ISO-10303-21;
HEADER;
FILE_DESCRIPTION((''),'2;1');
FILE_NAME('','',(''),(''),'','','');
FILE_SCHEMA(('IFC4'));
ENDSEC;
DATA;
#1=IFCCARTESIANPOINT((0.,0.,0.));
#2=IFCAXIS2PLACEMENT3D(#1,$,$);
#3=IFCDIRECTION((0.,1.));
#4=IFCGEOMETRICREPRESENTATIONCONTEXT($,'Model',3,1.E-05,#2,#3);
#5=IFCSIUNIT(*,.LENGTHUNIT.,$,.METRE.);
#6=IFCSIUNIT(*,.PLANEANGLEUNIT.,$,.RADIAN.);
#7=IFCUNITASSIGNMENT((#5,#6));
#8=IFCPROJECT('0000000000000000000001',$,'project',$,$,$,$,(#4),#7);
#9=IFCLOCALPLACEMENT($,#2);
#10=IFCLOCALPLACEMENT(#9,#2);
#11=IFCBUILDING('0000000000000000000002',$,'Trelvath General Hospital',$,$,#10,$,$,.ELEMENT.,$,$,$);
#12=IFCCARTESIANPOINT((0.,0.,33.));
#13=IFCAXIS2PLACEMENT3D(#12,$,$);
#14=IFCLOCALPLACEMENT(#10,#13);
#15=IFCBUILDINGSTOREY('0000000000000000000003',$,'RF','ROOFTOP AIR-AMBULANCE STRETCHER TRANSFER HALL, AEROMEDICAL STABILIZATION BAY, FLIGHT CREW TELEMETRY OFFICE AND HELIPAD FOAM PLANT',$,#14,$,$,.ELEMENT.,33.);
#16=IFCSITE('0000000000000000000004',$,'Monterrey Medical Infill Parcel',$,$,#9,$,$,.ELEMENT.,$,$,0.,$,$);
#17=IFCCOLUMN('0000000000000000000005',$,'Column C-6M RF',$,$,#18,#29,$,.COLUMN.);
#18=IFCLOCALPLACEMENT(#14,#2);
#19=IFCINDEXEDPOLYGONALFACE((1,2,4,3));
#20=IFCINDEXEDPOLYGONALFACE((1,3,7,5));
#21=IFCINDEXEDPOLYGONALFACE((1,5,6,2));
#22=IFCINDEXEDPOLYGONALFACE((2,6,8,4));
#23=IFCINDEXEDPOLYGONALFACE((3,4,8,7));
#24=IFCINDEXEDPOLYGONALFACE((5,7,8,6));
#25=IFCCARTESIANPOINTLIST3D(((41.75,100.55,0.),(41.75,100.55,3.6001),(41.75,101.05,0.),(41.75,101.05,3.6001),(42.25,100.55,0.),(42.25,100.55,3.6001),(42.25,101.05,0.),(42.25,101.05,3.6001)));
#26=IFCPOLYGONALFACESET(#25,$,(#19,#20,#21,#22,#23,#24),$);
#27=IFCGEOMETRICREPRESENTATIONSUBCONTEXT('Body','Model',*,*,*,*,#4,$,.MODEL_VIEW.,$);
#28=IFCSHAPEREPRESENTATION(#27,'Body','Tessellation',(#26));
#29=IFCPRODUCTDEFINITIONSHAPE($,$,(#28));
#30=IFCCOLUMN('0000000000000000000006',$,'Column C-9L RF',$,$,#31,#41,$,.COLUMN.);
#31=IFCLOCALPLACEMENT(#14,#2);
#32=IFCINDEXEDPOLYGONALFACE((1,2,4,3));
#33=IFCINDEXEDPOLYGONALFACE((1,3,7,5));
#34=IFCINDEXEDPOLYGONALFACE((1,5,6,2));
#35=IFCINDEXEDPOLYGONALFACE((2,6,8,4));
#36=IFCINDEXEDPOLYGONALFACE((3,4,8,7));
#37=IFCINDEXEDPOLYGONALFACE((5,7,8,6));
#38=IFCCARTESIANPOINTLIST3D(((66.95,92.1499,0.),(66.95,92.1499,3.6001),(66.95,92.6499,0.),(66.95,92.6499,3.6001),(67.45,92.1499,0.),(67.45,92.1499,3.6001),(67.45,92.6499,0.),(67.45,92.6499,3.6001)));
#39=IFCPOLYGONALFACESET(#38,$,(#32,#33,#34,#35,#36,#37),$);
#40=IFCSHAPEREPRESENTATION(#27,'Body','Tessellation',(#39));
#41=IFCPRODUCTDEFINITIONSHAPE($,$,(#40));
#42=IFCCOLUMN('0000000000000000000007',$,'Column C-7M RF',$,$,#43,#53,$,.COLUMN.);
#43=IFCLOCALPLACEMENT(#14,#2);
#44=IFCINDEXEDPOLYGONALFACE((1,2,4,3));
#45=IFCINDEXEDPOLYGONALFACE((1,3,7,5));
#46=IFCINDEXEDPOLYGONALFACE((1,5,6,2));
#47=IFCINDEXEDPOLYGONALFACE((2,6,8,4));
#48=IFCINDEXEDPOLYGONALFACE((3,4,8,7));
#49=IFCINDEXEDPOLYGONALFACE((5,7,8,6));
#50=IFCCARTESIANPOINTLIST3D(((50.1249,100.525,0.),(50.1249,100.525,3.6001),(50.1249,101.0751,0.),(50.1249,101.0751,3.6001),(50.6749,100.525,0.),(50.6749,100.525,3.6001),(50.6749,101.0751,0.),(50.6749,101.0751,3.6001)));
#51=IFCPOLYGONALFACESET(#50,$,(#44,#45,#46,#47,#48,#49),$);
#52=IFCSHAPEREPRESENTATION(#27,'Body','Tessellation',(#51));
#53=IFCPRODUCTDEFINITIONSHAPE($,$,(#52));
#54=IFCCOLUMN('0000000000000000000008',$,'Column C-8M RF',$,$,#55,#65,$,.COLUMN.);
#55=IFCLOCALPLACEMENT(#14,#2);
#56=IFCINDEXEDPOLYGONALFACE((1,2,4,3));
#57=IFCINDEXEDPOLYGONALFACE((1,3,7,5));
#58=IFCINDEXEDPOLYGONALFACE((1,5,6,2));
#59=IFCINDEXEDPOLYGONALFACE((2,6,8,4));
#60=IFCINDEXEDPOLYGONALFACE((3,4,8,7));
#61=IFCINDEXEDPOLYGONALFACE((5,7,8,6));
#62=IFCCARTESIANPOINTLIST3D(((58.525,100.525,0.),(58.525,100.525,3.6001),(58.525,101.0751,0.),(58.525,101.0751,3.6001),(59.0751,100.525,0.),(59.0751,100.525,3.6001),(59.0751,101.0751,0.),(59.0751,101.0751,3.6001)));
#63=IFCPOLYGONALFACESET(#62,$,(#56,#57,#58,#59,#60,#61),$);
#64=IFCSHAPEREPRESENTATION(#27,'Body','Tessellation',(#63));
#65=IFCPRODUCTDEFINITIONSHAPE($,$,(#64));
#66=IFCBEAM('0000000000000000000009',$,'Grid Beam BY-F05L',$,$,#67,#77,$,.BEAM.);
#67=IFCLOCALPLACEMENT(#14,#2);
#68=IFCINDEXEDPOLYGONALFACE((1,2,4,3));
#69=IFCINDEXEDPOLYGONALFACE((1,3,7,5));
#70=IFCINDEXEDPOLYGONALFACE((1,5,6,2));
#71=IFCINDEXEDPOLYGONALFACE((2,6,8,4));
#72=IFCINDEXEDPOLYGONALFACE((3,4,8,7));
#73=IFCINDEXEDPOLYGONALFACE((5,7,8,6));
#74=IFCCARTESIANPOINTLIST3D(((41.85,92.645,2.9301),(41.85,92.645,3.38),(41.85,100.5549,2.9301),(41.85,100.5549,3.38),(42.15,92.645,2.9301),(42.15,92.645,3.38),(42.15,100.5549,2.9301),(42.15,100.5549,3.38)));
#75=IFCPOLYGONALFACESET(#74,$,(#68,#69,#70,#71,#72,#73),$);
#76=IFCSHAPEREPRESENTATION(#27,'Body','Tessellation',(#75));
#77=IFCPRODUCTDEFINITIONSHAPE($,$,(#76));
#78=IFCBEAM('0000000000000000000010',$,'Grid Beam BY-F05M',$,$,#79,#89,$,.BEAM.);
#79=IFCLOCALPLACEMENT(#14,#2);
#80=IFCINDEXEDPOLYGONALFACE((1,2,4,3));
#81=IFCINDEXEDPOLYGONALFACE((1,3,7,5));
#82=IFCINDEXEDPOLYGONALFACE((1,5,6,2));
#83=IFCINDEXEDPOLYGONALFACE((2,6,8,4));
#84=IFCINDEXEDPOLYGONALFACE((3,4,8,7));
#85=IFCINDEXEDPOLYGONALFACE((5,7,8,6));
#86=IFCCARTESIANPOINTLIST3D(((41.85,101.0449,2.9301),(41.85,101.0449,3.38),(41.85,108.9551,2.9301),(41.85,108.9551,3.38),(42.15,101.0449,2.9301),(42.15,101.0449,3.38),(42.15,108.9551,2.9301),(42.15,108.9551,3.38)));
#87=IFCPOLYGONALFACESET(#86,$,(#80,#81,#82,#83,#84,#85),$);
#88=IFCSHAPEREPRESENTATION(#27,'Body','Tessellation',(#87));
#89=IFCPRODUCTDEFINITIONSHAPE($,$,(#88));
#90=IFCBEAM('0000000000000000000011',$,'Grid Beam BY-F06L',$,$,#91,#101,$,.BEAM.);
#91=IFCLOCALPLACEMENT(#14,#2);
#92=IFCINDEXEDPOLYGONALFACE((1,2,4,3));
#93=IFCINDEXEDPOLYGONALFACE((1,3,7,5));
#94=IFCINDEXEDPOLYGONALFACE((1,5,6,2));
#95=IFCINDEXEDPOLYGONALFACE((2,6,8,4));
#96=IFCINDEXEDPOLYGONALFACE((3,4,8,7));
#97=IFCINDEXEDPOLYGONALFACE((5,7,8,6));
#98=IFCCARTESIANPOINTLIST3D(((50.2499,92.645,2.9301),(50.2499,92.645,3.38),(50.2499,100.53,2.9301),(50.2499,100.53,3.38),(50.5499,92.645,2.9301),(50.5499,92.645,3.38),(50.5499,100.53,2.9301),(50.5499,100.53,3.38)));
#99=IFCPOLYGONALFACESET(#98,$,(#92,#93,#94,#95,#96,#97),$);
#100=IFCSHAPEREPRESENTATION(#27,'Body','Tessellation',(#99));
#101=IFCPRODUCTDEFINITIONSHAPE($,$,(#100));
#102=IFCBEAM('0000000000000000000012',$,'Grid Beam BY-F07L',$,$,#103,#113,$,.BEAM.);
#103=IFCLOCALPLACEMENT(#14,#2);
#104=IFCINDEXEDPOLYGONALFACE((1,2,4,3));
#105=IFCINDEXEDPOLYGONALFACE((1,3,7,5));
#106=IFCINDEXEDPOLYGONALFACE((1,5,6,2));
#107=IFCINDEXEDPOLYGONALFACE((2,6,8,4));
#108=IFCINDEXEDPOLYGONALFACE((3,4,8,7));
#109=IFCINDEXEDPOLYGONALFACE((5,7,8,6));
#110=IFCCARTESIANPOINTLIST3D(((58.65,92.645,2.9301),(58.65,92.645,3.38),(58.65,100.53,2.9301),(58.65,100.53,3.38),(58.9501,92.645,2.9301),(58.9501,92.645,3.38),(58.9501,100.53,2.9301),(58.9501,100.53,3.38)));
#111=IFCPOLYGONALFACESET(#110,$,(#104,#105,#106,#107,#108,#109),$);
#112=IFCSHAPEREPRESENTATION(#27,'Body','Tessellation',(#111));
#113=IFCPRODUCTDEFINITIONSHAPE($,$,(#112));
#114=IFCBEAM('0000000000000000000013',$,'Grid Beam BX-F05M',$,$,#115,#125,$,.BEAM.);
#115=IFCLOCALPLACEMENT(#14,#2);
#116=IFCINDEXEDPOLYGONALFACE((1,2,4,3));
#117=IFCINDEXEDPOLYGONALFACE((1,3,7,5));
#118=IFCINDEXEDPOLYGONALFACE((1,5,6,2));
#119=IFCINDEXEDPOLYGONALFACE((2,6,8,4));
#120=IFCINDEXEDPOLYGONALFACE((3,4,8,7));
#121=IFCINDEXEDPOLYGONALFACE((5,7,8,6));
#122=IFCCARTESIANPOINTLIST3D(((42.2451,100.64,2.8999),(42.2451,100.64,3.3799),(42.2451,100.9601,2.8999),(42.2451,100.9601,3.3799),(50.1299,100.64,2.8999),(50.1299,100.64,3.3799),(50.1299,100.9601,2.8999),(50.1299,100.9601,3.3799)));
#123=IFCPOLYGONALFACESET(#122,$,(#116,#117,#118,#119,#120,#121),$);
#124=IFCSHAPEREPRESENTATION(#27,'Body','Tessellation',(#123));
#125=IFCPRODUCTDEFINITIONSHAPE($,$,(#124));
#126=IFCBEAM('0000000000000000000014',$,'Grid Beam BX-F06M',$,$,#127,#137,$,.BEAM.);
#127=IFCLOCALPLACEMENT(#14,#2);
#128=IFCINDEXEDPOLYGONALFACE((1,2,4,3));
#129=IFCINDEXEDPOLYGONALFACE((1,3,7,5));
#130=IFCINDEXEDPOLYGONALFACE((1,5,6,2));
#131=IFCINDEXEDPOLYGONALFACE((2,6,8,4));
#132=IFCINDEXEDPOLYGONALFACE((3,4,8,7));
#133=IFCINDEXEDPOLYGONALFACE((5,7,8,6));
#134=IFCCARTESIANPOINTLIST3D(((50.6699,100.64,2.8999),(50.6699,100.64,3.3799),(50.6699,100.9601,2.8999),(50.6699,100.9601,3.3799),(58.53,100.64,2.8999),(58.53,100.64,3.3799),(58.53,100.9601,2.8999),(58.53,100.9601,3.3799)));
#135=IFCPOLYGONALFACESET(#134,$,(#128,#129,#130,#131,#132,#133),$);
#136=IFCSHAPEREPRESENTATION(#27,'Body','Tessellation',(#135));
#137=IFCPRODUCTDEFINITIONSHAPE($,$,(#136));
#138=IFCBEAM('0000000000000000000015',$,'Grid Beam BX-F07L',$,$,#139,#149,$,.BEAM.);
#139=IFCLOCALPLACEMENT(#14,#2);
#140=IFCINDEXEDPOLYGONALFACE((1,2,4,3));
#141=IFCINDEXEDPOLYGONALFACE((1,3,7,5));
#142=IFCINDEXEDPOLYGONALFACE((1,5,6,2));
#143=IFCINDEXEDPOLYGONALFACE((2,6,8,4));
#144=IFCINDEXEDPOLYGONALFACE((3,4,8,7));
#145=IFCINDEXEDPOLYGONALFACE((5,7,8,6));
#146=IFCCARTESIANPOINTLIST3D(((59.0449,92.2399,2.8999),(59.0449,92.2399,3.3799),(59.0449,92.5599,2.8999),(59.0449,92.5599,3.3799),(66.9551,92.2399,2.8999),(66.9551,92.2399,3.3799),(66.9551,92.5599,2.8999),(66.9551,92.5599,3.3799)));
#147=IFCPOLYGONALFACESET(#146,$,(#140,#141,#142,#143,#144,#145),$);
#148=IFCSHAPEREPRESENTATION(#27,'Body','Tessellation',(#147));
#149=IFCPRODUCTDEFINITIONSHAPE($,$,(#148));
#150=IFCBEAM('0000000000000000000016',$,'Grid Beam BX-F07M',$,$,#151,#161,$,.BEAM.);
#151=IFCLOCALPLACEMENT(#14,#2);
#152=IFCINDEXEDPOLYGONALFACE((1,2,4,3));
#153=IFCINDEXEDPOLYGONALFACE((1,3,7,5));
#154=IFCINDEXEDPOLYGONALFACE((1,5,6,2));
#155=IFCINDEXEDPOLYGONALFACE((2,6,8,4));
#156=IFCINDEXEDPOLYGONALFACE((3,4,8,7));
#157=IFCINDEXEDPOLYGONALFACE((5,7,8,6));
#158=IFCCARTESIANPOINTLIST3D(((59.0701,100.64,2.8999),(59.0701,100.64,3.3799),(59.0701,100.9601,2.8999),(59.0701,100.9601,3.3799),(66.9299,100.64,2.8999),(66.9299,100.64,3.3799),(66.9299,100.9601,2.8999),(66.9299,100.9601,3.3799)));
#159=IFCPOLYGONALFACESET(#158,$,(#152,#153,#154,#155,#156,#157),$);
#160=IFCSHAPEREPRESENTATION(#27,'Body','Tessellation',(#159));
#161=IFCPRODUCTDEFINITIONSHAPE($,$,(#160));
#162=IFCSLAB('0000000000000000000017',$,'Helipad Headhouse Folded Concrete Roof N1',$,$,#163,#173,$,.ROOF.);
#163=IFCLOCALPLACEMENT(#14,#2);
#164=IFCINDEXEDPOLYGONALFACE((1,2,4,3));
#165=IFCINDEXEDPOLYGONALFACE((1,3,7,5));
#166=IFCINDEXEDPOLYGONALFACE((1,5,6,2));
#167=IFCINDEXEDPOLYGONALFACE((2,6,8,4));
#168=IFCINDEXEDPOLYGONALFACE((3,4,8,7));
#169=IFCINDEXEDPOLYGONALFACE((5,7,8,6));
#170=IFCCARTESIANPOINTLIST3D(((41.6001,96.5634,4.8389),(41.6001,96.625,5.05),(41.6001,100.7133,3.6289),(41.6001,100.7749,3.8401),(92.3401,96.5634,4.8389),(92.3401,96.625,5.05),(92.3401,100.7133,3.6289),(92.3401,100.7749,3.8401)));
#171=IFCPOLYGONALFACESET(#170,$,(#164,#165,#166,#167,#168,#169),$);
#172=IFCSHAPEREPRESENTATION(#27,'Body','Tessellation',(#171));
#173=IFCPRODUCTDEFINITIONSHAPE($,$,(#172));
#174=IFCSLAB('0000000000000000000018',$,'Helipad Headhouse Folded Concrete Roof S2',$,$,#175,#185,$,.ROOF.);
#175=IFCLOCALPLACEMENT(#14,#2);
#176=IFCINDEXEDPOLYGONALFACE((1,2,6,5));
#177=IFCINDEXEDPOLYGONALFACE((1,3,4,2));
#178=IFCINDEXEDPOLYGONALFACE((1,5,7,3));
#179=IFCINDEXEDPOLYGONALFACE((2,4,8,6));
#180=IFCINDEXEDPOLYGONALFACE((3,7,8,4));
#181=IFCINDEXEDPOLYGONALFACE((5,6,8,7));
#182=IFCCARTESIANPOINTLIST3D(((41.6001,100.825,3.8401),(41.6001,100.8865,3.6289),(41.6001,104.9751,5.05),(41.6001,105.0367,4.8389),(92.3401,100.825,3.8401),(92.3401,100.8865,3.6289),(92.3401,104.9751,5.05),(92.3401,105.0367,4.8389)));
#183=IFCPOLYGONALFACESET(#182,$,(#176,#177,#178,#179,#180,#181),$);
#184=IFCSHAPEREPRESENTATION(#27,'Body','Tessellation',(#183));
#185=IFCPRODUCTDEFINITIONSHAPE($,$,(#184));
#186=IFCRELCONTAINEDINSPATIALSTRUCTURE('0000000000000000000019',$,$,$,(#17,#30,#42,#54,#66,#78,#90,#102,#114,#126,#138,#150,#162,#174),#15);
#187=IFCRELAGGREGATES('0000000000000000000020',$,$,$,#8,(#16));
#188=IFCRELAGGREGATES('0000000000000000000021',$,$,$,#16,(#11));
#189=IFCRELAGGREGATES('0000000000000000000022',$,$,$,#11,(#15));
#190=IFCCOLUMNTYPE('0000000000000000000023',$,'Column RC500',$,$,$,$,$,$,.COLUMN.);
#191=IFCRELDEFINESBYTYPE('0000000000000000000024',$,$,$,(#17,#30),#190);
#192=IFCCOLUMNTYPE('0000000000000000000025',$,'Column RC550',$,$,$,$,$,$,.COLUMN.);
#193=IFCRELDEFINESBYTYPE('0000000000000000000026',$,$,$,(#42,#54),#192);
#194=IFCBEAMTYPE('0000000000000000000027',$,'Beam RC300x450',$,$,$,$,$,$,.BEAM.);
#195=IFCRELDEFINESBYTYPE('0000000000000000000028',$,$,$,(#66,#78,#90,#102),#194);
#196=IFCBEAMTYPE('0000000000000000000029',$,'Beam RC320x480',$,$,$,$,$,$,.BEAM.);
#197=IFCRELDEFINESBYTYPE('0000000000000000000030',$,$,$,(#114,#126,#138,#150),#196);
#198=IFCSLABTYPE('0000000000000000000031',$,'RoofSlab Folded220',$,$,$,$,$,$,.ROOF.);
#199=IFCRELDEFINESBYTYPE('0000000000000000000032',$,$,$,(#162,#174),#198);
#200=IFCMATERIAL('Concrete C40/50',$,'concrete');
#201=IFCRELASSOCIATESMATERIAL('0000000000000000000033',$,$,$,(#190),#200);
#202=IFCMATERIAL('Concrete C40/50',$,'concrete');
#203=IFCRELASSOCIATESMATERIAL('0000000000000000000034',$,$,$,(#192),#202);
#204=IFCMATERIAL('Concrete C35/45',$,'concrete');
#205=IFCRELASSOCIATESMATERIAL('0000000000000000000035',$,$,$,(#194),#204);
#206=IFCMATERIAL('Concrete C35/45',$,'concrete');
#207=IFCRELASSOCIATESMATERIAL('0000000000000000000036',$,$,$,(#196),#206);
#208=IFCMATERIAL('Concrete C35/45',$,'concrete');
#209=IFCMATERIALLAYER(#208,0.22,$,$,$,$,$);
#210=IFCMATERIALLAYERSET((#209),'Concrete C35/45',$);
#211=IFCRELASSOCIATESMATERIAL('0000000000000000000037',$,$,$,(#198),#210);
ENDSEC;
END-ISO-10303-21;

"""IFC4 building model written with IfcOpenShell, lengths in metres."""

from ifc_helpers import new_model, si_unit, direction, frame, origin, origin_2d, place, context, subcontext, project, spatial, polyline, rectangle, outline, extrude, material, layer, layer_set, material_profile, profile_set, type_object, element, save


model = new_model("IFC4")

# Units and contexts
model_context = context("Model", 3, precision=1e-05, world=origin(), true_north=direction((0.0, 1.0)))
body_context = subcontext(model_context, "Body", "Model", "MODEL_VIEW")
ifc_project = project(units=[si_unit("LENGTHUNIT", "METRE"), si_unit("PLANEANGLEUNIT", "RADIAN")], contexts=[model_context])

# Site, building, storey
site_placement = place(None, origin())
site = spatial("IfcSite", under=ifc_project, at=site_placement, Name="Monterrey Medical Infill Parcel", CompositionType="ELEMENT", RefElevation=0.0)
building_placement = place(site_placement, origin())
building = spatial("IfcBuilding", under=site, at=building_placement, Name="Trelvath General Hospital", CompositionType="ELEMENT")
storey_placement = place(building_placement, frame((0.0, 0.0, 33.0)))
storey = spatial("IfcBuildingStorey", under=building, at=storey_placement, Name="RF", Description="ROOFTOP AIR-AMBULANCE STRETCHER TRANSFER HALL, AEROMEDICAL STABILIZATION BAY, FLIGHT CREW TELEMETRY OFFICE AND HELIPAD FOAM PLANT", CompositionType="ELEMENT", Elevation=33.0)

# Columns
ifc_material_1 = material(Name="Concrete C40/50", Category="concrete")
ifc_material_profile_1 = material_profile(ifc_material_1, rectangle(XDim=0.5, YDim=0.5, at=origin_2d()), Name="RC500x500")
ifc_profile_set_1 = profile_set([ifc_material_profile_1], Name="Concrete C40/50")
column_type_1 = type_object("IfcColumnType", Name="Column RC500", PredefinedType="COLUMN", material=ifc_profile_set_1)
for number, where, z_axis, x_axis, name in (
    (1, (42.0, 100.8, 0.0), (0.0, 0.0, 1.0), (1.0, 0.0, 0.0), "Column C-6M RF"),
    (2, (67.2, 92.3999, 0.0), (0.0, 0.0, 1.0), (1.0, 0.0, 0.0), "Column C-9L RF"),
):
    element("IfcColumn", number, at=place(storey_placement, frame(where, z_axis=z_axis, x_axis=x_axis)), inside=storey, type_object=column_type_1, Name=name, PredefinedType="COLUMN", context=body_context, shape_type="SweptSolid", body=[
        extrude(rectangle(XDim=0.5, YDim=0.5, at=origin_2d()), origin(), (0.0, 0.0, 1.0), 3.6001),
    ])
ifc_material_2 = material(Name="Concrete C40/50", Category="concrete")
ifc_material_profile_2 = material_profile(ifc_material_2, rectangle(XDim=0.55, YDim=0.55, at=origin_2d()), Name="RC550x550")
ifc_profile_set_2 = profile_set([ifc_material_profile_2], Name="Concrete C40/50")
column_type_2 = type_object("IfcColumnType", Name="Column RC550", PredefinedType="COLUMN", material=ifc_profile_set_2)
for number, where, z_axis, x_axis, name in (
    (3, (50.3999, 100.8, 0.0), (0.0, 0.0, 1.0), (1.0, 0.0, 0.0), "Column C-7M RF"),
    (4, (58.8, 100.8, 0.0), (0.0, 0.0, 1.0), (1.0, 0.0, 0.0), "Column C-8M RF"),
):
    element("IfcColumn", number, at=place(storey_placement, frame(where, z_axis=z_axis, x_axis=x_axis)), inside=storey, type_object=column_type_2, Name=name, PredefinedType="COLUMN", context=body_context, shape_type="SweptSolid", body=[
        extrude(rectangle(XDim=0.55, YDim=0.55, at=origin_2d()), origin(), (0.0, 0.0, 1.0), 3.6001),
    ])

# Beams
ifc_material_3 = material(Name="Concrete C35/45", Category="concrete")
ifc_material_profile_3 = material_profile(ifc_material_3, rectangle(XDim=0.3, YDim=0.45, at=origin_2d()), Name="RCB300x450")
ifc_profile_set_3 = profile_set([ifc_material_profile_3], Name="Concrete C35/45")
beam_type_1 = type_object("IfcBeamType", Name="Beam RC300x450", PredefinedType="BEAM", material=ifc_profile_set_3)
beam_1_placement = place(storey_placement, frame((42.0, 92.645, 3.155), z_axis=(0.0, 1.0, 0.0), x_axis=(-1.0, 0.0, 0.0)))
element("IfcBeam", 5, at=beam_1_placement, inside=storey, type_object=beam_type_1, Name="Grid Beam BY-F05L", PredefinedType="BEAM", context=body_context, shape_type="SweptSolid", body=[
    extrude(rectangle(XDim=0.3, YDim=0.45, at=origin_2d()), origin(), (0.0, 0.0, 1.0), 7.9099),
])
beam_2_placement = place(storey_placement, frame((42.0, 101.0449, 3.155), z_axis=(0.0, 1.0, 0.0), x_axis=(-1.0, 0.0, 0.0)))
element("IfcBeam", 6, at=beam_2_placement, inside=storey, type_object=beam_type_1, Name="Grid Beam BY-F05M", PredefinedType="BEAM", context=body_context, shape_type="SweptSolid", body=[
    extrude(rectangle(XDim=0.3, YDim=0.45, at=origin_2d()), origin(), (0.0, 0.0, 1.0), 7.9102),
])
for number, where, z_axis, x_axis, name in (
    (7, (50.3999, 92.645, 3.155), (0.0, 1.0, 0.0), (-1.0, 0.0, 0.0), "Grid Beam BY-F06L"),
    (8, (58.8, 92.645, 3.155), (0.0, 1.0, 0.0), (-1.0, 0.0, 0.0), "Grid Beam BY-F07L"),
):
    element("IfcBeam", number, at=place(storey_placement, frame(where, z_axis=z_axis, x_axis=x_axis)), inside=storey, type_object=beam_type_1, Name=name, PredefinedType="BEAM", context=body_context, shape_type="SweptSolid", body=[
        extrude(rectangle(XDim=0.3, YDim=0.45, at=origin_2d()), origin(), (0.0, 0.0, 1.0), 7.885),
    ])
ifc_material_4 = material(Name="Concrete C35/45", Category="concrete")
ifc_material_profile_4 = material_profile(ifc_material_4, rectangle(XDim=0.3201, YDim=0.48, at=origin_2d()), Name="RCB320x480")
ifc_profile_set_4 = profile_set([ifc_material_profile_4], Name="Concrete C35/45")
beam_type_2 = type_object("IfcBeamType", Name="Beam RC320x480", PredefinedType="BEAM", material=ifc_profile_set_4)
beam_3_placement = place(storey_placement, frame((42.2451, 100.8, 3.1399), z_axis=(1.0, 0.0, 0.0), x_axis=(0.0, 1.0, 0.0)))
element("IfcBeam", 9, at=beam_3_placement, inside=storey, type_object=beam_type_2, Name="Grid Beam BX-F05M", PredefinedType="BEAM", context=body_context, shape_type="SweptSolid", body=[
    extrude(rectangle(XDim=0.3201, YDim=0.48, at=origin_2d()), origin(), (0.0, 0.0, 1.0), 7.8848),
])
beam_4_placement = place(storey_placement, frame((50.6699, 100.8, 3.1399), z_axis=(1.0, 0.0, 0.0), x_axis=(0.0, 1.0, 0.0)))
element("IfcBeam", 10, at=beam_4_placement, inside=storey, type_object=beam_type_2, Name="Grid Beam BX-F06M", PredefinedType="BEAM", context=body_context, shape_type="SweptSolid", body=[
    extrude(rectangle(XDim=0.3201, YDim=0.48, at=origin_2d()), origin(), (0.0, 0.0, 1.0), 7.8601),
])
beam_5_placement = place(storey_placement, frame((59.0449, 92.3999, 3.1399), z_axis=(1.0, 0.0, 0.0), x_axis=(0.0, 1.0, 0.0)))
element("IfcBeam", 11, at=beam_5_placement, inside=storey, type_object=beam_type_2, Name="Grid Beam BX-F07L", PredefinedType="BEAM", context=body_context, shape_type="SweptSolid", body=[
    extrude(rectangle(XDim=0.3201, YDim=0.48, at=origin_2d()), origin(), (0.0, 0.0, 1.0), 7.9102),
])
beam_6_placement = place(storey_placement, frame((59.0701, 100.8, 3.1399), z_axis=(1.0, 0.0, 0.0), x_axis=(0.0, 1.0, 0.0)))
element("IfcBeam", 12, at=beam_6_placement, inside=storey, type_object=beam_type_2, Name="Grid Beam BX-F07M", PredefinedType="BEAM", context=body_context, shape_type="SweptSolid", body=[
    extrude(rectangle(XDim=0.3201, YDim=0.48, at=origin_2d()), origin(), (0.0, 0.0, 1.0), 7.8599),
])

# Slabs
ifc_material_5 = material(Name="Concrete C35/45", Category="concrete")
ifc_layer_1 = layer(ifc_material_5, 0.22)
ifc_layer_set_1 = layer_set([ifc_layer_1], Name="Concrete C35/45")
slab_type = type_object("IfcSlabType", Name="RoofSlab Folded220", PredefinedType="ROOF", material=ifc_layer_set_1)
slab_1_placement = place(storey_placement, frame((41.6001, 96.625, 5.05), z_axis=(0.0, 0.279909, 0.960027), x_axis=(1.0, 0.0, 0.0)))
element("IfcSlab", 13, at=slab_1_placement, inside=storey, type_object=slab_type, Name="Helipad Headhouse Folded Concrete Roof N1", PredefinedType="ROOF", context=body_context, shape_type="SweptSolid", body=[
    extrude(outline(polyline([(0.0, 0.0), (50.74, 0.0), (50.74, 4.3227), (0.0, 4.3227), (0.0, 0.0)])), origin(), (0.0, 0.0, -1.0), 0.22),
])
slab_2_placement = place(storey_placement, frame((41.6001, 100.825, 3.8401), z_axis=(0.0, -0.279894, 0.960031), x_axis=(1.0, 0.0, 0.0)))
element("IfcSlab", 14, at=slab_2_placement, inside=storey, type_object=slab_type, Name="Helipad Headhouse Folded Concrete Roof S2", PredefinedType="ROOF", context=body_context, shape_type="SweptSolid", body=[
    extrude(outline(polyline([(0.0, 0.0), (50.74, 0.0), (50.74, 4.3229), (0.0, 4.3229), (0.0, 0.0)])), origin(), (0.0, 0.0, -1.0), 0.22),
])

save(model, "model.ifc")
